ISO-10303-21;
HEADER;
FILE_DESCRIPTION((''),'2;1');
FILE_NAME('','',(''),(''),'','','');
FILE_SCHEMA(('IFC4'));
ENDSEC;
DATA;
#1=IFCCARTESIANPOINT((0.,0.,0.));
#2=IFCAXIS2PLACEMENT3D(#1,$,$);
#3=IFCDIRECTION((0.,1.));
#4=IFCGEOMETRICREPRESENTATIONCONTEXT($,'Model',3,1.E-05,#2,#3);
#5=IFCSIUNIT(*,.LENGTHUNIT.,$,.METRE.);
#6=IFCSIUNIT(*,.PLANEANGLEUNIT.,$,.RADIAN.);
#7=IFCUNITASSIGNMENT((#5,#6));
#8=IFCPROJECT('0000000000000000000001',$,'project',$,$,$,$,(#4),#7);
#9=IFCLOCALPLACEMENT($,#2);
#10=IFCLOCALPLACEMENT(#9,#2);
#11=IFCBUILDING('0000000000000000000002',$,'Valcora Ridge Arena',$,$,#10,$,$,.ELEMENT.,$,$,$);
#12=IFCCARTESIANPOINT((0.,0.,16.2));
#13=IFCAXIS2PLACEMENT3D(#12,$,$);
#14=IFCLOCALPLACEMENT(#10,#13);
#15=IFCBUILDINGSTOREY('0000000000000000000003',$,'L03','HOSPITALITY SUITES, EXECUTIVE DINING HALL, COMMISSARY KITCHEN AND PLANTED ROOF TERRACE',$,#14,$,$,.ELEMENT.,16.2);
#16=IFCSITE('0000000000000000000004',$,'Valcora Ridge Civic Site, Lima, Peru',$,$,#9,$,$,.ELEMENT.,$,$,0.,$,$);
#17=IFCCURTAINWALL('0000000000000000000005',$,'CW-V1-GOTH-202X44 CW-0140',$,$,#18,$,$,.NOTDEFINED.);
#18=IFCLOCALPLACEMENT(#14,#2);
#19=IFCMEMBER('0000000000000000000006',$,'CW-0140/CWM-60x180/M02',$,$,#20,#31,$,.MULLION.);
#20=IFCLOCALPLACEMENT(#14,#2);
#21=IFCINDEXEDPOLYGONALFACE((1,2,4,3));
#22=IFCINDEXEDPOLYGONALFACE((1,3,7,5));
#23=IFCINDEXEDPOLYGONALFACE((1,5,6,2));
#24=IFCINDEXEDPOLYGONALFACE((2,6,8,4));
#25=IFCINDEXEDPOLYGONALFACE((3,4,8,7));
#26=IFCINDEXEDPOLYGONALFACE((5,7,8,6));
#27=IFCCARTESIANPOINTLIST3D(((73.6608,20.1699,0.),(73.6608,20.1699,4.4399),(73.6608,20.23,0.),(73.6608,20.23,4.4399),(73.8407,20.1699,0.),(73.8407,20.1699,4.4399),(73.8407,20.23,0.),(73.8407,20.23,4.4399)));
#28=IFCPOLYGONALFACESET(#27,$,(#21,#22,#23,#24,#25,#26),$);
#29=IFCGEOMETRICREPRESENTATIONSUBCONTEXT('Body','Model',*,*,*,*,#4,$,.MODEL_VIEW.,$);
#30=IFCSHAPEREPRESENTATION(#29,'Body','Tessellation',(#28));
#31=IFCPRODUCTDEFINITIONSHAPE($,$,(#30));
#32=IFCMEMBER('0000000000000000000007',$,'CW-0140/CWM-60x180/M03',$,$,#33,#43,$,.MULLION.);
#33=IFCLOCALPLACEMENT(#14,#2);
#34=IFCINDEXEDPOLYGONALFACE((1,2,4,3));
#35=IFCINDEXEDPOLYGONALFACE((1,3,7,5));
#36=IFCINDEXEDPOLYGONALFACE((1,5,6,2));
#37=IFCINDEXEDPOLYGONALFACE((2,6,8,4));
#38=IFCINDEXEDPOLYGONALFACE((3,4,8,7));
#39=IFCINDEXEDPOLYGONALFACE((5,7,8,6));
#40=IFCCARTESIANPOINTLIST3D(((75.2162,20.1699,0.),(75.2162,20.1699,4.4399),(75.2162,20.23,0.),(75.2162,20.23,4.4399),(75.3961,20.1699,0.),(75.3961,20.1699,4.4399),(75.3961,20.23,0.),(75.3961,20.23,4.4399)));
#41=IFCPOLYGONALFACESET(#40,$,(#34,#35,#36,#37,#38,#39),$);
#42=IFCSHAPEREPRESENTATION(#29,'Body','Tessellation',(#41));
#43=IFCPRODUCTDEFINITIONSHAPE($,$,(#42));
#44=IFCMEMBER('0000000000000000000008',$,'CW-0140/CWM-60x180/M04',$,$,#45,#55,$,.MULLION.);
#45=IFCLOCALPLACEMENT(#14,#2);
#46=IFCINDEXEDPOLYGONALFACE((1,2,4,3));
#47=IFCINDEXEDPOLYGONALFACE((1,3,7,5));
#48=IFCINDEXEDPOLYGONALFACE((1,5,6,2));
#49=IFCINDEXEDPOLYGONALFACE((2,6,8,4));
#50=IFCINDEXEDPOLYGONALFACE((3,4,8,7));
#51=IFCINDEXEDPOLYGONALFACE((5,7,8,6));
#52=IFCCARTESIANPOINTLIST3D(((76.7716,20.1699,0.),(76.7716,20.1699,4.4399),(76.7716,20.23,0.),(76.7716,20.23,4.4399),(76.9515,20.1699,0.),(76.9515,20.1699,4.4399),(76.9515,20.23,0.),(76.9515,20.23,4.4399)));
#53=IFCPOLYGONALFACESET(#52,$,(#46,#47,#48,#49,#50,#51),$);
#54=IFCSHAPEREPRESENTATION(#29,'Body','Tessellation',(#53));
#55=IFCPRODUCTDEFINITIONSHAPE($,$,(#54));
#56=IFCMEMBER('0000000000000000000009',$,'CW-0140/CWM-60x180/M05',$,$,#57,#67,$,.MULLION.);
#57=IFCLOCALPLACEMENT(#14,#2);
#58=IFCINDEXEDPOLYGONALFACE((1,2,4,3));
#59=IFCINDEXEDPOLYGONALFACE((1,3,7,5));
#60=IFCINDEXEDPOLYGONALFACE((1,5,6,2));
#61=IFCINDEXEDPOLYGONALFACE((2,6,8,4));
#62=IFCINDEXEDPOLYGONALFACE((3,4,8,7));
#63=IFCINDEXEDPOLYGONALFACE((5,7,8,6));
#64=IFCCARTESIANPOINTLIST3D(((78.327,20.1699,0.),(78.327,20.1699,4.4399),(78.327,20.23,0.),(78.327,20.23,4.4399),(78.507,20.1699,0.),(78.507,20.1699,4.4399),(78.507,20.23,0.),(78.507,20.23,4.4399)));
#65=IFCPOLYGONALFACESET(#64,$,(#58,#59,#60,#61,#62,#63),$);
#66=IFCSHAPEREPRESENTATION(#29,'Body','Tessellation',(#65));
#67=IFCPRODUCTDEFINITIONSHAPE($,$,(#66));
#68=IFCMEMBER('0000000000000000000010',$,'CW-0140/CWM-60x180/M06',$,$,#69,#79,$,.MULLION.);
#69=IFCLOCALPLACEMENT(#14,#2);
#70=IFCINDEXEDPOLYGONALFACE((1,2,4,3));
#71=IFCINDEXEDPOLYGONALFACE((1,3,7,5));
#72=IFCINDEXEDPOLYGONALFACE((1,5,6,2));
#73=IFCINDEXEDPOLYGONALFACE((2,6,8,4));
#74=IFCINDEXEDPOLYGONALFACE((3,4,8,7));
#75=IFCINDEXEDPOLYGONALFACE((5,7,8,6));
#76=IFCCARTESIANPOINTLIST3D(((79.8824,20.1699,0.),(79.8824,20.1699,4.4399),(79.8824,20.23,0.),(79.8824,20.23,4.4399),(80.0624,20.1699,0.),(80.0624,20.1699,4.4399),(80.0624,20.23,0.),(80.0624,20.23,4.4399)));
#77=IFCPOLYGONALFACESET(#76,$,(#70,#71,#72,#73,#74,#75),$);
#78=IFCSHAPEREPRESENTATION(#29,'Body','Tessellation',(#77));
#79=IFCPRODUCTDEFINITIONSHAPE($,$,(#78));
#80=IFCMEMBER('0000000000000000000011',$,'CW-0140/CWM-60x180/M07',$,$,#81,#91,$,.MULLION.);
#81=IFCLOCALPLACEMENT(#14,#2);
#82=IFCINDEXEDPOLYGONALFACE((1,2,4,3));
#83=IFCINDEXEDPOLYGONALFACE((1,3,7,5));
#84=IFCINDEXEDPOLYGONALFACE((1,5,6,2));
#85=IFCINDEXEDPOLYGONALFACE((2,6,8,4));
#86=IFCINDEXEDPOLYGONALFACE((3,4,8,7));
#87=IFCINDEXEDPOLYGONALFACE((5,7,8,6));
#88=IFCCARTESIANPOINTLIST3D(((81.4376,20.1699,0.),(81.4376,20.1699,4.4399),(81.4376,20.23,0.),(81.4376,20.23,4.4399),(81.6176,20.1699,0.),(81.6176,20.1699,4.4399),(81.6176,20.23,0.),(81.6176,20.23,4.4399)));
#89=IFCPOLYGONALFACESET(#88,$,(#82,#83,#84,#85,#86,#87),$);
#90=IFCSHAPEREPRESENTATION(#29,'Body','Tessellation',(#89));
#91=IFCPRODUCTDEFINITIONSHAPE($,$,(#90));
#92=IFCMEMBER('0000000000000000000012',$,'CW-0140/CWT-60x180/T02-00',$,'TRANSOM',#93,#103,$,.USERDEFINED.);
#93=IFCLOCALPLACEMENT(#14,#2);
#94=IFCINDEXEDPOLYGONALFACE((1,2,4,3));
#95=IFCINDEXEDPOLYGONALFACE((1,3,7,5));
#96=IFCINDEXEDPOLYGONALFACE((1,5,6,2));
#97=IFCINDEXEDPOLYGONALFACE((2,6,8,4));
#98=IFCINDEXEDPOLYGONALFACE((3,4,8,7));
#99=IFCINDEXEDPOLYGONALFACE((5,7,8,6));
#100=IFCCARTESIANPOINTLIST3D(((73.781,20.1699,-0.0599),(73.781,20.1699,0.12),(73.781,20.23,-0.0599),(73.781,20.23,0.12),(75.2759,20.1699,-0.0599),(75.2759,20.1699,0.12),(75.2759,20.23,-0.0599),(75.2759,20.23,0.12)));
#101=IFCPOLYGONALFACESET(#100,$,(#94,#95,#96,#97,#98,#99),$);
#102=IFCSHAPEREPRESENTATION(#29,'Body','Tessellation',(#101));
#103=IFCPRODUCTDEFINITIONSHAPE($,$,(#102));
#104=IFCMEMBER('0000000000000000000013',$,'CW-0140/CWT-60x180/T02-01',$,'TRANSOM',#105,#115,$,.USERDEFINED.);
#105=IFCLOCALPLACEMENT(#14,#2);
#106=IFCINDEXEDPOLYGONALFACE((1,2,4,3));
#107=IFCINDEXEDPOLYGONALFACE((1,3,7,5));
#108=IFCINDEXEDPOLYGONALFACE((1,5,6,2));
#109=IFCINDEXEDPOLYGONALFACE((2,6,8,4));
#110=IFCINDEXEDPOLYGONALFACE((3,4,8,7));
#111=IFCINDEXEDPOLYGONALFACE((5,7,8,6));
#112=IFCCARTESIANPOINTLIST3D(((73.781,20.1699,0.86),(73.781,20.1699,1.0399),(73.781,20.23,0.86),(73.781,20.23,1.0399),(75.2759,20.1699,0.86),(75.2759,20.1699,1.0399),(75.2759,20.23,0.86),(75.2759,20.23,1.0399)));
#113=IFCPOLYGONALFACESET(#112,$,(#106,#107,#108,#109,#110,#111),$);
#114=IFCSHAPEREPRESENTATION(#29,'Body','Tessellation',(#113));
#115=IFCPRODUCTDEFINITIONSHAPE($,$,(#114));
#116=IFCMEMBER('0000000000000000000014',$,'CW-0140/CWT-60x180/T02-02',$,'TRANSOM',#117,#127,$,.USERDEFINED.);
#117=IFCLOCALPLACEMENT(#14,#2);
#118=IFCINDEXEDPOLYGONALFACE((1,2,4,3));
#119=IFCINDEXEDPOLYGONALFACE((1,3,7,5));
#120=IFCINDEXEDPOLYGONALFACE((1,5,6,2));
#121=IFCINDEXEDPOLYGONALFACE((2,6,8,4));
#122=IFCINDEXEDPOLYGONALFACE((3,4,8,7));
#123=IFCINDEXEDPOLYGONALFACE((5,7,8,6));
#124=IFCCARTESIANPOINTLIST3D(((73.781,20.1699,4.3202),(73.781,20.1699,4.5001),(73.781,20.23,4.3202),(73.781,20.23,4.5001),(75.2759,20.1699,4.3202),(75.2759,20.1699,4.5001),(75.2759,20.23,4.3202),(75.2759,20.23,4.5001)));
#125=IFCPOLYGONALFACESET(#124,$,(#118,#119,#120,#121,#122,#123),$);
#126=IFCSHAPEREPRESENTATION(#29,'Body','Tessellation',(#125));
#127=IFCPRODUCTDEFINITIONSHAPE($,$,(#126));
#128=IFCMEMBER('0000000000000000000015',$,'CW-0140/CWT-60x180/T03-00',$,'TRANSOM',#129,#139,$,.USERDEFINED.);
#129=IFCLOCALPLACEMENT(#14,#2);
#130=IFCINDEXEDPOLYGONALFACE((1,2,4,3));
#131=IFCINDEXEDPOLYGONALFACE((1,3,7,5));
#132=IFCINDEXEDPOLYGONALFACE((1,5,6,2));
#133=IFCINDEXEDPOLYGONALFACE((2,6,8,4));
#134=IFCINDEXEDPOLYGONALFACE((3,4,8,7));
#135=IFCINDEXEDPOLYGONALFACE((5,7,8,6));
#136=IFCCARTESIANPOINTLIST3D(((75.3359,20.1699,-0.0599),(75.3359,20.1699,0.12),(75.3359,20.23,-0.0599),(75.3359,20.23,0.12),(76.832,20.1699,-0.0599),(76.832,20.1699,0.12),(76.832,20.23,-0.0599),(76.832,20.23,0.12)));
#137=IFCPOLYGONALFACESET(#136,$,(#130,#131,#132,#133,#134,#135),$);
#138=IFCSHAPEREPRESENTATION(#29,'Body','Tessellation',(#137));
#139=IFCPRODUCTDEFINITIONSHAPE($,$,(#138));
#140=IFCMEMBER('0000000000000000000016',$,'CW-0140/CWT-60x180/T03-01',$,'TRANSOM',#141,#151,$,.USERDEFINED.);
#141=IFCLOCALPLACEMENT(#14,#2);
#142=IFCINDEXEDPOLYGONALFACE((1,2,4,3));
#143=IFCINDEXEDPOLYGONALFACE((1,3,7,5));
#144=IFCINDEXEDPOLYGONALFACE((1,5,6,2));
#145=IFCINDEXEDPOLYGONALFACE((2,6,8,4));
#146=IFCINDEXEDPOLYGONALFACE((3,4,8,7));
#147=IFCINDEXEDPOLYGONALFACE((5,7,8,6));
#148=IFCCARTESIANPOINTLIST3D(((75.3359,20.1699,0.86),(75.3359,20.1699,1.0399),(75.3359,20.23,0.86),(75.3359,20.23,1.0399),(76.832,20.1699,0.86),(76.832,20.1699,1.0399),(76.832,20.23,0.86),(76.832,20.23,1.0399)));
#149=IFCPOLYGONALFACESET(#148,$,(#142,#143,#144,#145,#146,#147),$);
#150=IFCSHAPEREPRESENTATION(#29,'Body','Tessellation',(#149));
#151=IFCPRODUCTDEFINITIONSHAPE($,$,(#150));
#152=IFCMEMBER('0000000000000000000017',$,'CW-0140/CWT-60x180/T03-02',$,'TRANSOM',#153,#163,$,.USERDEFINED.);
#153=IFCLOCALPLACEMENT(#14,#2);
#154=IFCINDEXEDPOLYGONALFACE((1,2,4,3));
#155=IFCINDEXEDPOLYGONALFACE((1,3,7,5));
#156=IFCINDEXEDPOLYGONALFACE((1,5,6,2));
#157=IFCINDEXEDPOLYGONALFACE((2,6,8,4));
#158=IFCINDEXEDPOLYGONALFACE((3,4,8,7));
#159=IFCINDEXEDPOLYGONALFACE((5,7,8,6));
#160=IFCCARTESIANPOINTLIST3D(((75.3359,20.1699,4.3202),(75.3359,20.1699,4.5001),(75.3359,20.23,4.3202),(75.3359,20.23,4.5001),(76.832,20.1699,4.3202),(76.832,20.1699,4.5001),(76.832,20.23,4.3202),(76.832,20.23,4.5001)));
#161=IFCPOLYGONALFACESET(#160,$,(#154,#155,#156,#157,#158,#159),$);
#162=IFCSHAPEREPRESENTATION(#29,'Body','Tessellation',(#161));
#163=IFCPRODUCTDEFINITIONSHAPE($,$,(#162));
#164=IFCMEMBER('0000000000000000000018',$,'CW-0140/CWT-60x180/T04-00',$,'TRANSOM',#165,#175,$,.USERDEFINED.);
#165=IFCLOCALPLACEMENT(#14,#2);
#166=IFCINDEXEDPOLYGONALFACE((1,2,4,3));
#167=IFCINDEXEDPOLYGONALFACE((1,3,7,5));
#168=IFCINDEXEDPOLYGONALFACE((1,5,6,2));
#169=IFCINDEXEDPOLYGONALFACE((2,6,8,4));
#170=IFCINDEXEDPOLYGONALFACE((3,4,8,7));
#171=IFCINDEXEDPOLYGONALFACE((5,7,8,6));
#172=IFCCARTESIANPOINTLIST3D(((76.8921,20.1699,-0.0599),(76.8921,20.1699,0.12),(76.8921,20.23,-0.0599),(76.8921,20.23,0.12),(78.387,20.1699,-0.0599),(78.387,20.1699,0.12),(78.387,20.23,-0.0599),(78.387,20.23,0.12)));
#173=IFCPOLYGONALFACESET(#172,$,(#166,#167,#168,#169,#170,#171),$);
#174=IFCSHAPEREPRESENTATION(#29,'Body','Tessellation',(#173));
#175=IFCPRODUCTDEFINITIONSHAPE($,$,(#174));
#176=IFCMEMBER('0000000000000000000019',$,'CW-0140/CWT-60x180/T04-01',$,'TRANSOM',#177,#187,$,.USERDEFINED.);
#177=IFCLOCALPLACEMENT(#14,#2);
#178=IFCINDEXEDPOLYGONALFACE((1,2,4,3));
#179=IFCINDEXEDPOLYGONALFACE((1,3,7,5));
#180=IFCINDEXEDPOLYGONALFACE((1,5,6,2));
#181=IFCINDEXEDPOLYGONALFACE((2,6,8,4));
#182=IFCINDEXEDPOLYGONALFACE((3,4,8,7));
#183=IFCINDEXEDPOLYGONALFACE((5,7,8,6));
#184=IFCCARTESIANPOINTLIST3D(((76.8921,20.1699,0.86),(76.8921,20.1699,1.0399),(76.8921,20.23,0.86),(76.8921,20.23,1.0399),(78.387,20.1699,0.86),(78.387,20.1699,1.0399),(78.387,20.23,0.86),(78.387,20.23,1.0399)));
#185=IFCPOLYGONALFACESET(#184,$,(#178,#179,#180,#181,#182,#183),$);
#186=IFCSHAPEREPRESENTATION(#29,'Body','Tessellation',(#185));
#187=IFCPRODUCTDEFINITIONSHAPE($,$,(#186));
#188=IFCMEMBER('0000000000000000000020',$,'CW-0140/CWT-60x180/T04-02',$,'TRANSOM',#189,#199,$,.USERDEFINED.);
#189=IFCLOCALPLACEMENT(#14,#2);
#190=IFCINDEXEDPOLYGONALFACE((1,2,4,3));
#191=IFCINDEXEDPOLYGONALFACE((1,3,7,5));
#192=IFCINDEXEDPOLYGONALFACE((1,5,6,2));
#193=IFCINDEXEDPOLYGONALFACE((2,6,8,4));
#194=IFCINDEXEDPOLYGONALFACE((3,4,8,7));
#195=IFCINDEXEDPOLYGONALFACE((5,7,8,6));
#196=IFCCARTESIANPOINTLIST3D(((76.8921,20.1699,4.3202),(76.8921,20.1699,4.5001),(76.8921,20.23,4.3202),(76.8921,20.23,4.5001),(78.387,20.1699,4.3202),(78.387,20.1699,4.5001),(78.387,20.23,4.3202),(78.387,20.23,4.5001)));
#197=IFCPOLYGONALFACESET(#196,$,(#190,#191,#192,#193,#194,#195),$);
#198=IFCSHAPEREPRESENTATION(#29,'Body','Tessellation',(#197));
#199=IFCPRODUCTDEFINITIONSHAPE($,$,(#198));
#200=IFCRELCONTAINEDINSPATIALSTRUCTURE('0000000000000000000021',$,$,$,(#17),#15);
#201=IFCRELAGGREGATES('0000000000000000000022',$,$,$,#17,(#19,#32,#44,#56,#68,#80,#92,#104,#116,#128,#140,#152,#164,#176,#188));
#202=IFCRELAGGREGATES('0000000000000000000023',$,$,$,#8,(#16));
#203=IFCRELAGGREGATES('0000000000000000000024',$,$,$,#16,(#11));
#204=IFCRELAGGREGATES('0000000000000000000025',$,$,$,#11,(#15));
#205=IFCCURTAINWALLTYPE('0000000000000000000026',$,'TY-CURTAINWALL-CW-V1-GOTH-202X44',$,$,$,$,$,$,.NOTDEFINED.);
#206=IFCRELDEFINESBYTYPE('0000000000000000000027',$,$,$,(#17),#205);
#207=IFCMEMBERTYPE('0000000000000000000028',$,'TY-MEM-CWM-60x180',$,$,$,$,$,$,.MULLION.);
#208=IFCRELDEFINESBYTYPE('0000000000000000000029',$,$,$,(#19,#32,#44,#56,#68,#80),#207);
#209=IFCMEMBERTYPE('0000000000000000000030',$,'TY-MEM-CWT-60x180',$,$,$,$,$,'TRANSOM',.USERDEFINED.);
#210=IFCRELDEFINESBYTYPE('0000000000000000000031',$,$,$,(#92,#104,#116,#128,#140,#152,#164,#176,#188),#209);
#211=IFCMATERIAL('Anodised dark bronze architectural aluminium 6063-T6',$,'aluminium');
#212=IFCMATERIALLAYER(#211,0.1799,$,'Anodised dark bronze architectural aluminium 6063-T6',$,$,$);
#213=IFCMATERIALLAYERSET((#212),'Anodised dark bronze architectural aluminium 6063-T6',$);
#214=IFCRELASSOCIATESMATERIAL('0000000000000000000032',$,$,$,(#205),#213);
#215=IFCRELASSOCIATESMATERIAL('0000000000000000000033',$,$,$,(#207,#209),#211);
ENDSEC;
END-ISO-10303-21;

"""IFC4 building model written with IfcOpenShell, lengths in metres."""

from ifc_helpers import new_model, si_unit, direction, frame, origin, origin_2d, place, context, subcontext, project, spatial, rectangle, extrude, material, layer, layer_set, material_profile, profile_set, type_object, element, aggregate, save


model = new_model("IFC4")

# Units and contexts
model_context = context("Model", 3, precision=1e-05, world=origin(), true_north=direction((0.0, 1.0)))
body_context = subcontext(model_context, "Body", "Model", "MODEL_VIEW")
ifc_project = project(units=[si_unit("LENGTHUNIT", "METRE"), si_unit("PLANEANGLEUNIT", "RADIAN")], contexts=[model_context])

# Site, building, storey
site_placement = place(None, origin())
site = spatial("IfcSite", under=ifc_project, at=site_placement, Name="Valcora Ridge Civic Site, Lima, Peru", CompositionType="ELEMENT", RefElevation=0.0)
building_placement = place(site_placement, origin())
building = spatial("IfcBuilding", under=site, at=building_placement, Name="Valcora Ridge Arena", CompositionType="ELEMENT")
storey_placement = place(building_placement, frame((0.0, 0.0, 16.2)))
storey = spatial("IfcBuildingStorey", under=building, at=storey_placement, Name="L03", Description="HOSPITALITY SUITES, EXECUTIVE DINING HALL, COMMISSARY KITCHEN AND PLANTED ROOF TERRACE", CompositionType="ELEMENT", Elevation=16.2)

# Curtain wall, members
ifc_material_1 = material(Name="Anodised dark bronze architectural aluminium 6063-T6", Category="aluminium")
ifc_layer_1 = layer(ifc_material_1, 0.1799, Name="Anodised dark bronze architectural aluminium 6063-T6")
ifc_layer_set_1 = layer_set([ifc_layer_1], Name="Anodised dark bronze architectural aluminium 6063-T6")
curtain_wall_type = type_object("IfcCurtainWallType", Name="TY-CURTAINWALL-CW-V1-GOTH-202X44", PredefinedType="NOTDEFINED", material=ifc_layer_set_1)
curtain_wall_placement = place(storey_placement, origin())
curtain_wall = element("IfcCurtainWall", 1, at=curtain_wall_placement, inside=storey, type_object=curtain_wall_type, Name="CW-V1-GOTH-202X44 CW-0140", PredefinedType="NOTDEFINED")
ifc_material_profile_1 = material_profile(ifc_material_1, rectangle(XDim=0.0601, YDim=0.1799, at=origin_2d()), Name="ALU MULLION 60x180")
ifc_profile_set_1 = profile_set([ifc_material_profile_1], Name="Anodised dark bronze architectural aluminium 6063-T6")
member_type_1 = type_object("IfcMemberType", Name="TY-MEM-CWM-60x180", PredefinedType="MULLION", material=ifc_profile_set_1)
member_1_placement = place(storey_placement, frame((73.7507, 20.2, 0.0), z_axis=(0.0, 0.0, 1.0), x_axis=(0.0, 1.0, 0.0)))
member_1 = element("IfcMember", 2, at=member_1_placement, type_object=member_type_1, Name="CW-0140/CWM-60x180/M02", PredefinedType="MULLION", context=body_context, shape_type="SweptSolid", body=[
    extrude(rectangle(XDim=0.0601, YDim=0.1799, at=origin_2d()), origin(), (0.0, 0.0, 1.0), 4.4399),
])
member_2_placement = place(storey_placement, frame((75.3062, 20.2, 0.0), z_axis=(0.0, 0.0, 1.0), x_axis=(0.0, 1.0, 0.0)))
member_2 = element("IfcMember", 3, at=member_2_placement, type_object=member_type_1, Name="CW-0140/CWM-60x180/M03", PredefinedType="MULLION", context=body_context, shape_type="SweptSolid", body=[
    extrude(rectangle(XDim=0.0601, YDim=0.1799, at=origin_2d()), origin(), (0.0, 0.0, 1.0), 4.4399),
])
member_3_placement = place(storey_placement, frame((76.8616, 20.2, 0.0), z_axis=(0.0, 0.0, 1.0), x_axis=(0.0, 1.0, 0.0)))
member_3 = element("IfcMember", 4, at=member_3_placement, type_object=member_type_1, Name="CW-0140/CWM-60x180/M04", PredefinedType="MULLION", context=body_context, shape_type="SweptSolid", body=[
    extrude(rectangle(XDim=0.0601, YDim=0.1799, at=origin_2d()), origin(), (0.0, 0.0, 1.0), 4.4399),
])
member_4_placement = place(storey_placement, frame((78.417, 20.2, 0.0), z_axis=(0.0, 0.0, 1.0), x_axis=(0.0, 1.0, 0.0)))
member_4 = element("IfcMember", 5, at=member_4_placement, type_object=member_type_1, Name="CW-0140/CWM-60x180/M05", PredefinedType="MULLION", context=body_context, shape_type="SweptSolid", body=[
    extrude(rectangle(XDim=0.0601, YDim=0.1799, at=origin_2d()), origin(), (0.0, 0.0, 1.0), 4.4399),
])
member_5_placement = place(storey_placement, frame((79.9724, 20.2, 0.0), z_axis=(0.0, 0.0, 1.0), x_axis=(0.0, 1.0, 0.0)))
member_5 = element("IfcMember", 6, at=member_5_placement, type_object=member_type_1, Name="CW-0140/CWM-60x180/M06", PredefinedType="MULLION", context=body_context, shape_type="SweptSolid", body=[
    extrude(rectangle(XDim=0.0601, YDim=0.1799, at=origin_2d()), origin(), (0.0, 0.0, 1.0), 4.4399),
])
member_6_placement = place(storey_placement, frame((81.5276, 20.2, 0.0), z_axis=(0.0, 0.0, 1.0), x_axis=(0.0, 1.0, 0.0)))
member_6 = element("IfcMember", 7, at=member_6_placement, type_object=member_type_1, Name="CW-0140/CWM-60x180/M07", PredefinedType="MULLION", context=body_context, shape_type="SweptSolid", body=[
    extrude(rectangle(XDim=0.0601, YDim=0.1799, at=origin_2d()), origin(), (0.0, 0.0, 1.0), 4.4399),
])
ifc_material_profile_2 = material_profile(ifc_material_1, rectangle(XDim=0.0601, YDim=0.1799, at=origin_2d()), Name="ALU TRANSOM 60x180")
ifc_profile_set_2 = profile_set([ifc_material_profile_2], Name="Anodised dark bronze architectural aluminium 6063-T6")
member_type_2 = type_object("IfcMemberType", Name="TY-MEM-CWT-60x180", ElementType="TRANSOM", PredefinedType="USERDEFINED", material=ifc_profile_set_2)
member_7_placement = place(storey_placement, frame((73.781, 20.2, 0.03), z_axis=(1.0, 0.0, 0.0), x_axis=(0.0, 1.0, 0.0)))
member_7 = element("IfcMember", 8, at=member_7_placement, type_object=member_type_2, Name="CW-0140/CWT-60x180/T02-00", ObjectType="TRANSOM", PredefinedType="USERDEFINED", context=body_context, shape_type="SweptSolid", body=[
    extrude(rectangle(XDim=0.0601, YDim=0.1799, at=origin_2d()), origin(), (0.0, 0.0, 1.0), 1.4949),
])
member_8_placement = place(storey_placement, frame((73.781, 20.2, 0.95), z_axis=(1.0, 0.0, 0.0), x_axis=(0.0, 1.0, 0.0)))
member_8 = element("IfcMember", 9, at=member_8_placement, type_object=member_type_2, Name="CW-0140/CWT-60x180/T02-01", ObjectType="TRANSOM", PredefinedType="USERDEFINED", context=body_context, shape_type="SweptSolid", body=[
    extrude(rectangle(XDim=0.0601, YDim=0.1799, at=origin_2d()), origin(), (0.0, 0.0, 1.0), 1.4949),
])
member_9_placement = place(storey_placement, frame((73.781, 20.2, 4.4102), z_axis=(1.0, 0.0, 0.0), x_axis=(0.0, 1.0, 0.0)))
member_9 = element("IfcMember", 10, at=member_9_placement, type_object=member_type_2, Name="CW-0140/CWT-60x180/T02-02", ObjectType="TRANSOM", PredefinedType="USERDEFINED", context=body_context, shape_type="SweptSolid", body=[
    extrude(rectangle(XDim=0.0601, YDim=0.1799, at=origin_2d()), origin(), (0.0, 0.0, 1.0), 1.4949),
])
member_10_placement = place(storey_placement, frame((75.3359, 20.2, 0.03), z_axis=(1.0, 0.0, 0.0), x_axis=(0.0, 1.0, 0.0)))
member_10 = element("IfcMember", 11, at=member_10_placement, type_object=member_type_2, Name="CW-0140/CWT-60x180/T03-00", ObjectType="TRANSOM", PredefinedType="USERDEFINED", context=body_context, shape_type="SweptSolid", body=[
    extrude(rectangle(XDim=0.0601, YDim=0.1799, at=origin_2d()), origin(), (0.0, 0.0, 1.0), 1.4961),
])
member_11_placement = place(storey_placement, frame((75.3359, 20.2, 0.95), z_axis=(1.0, 0.0, 0.0), x_axis=(0.0, 1.0, 0.0)))
member_11 = element("IfcMember", 12, at=member_11_placement, type_object=member_type_2, Name="CW-0140/CWT-60x180/T03-01", ObjectType="TRANSOM", PredefinedType="USERDEFINED", context=body_context, shape_type="SweptSolid", body=[
    extrude(rectangle(XDim=0.0601, YDim=0.1799, at=origin_2d()), origin(), (0.0, 0.0, 1.0), 1.4961),
])
member_12_placement = place(storey_placement, frame((75.3359, 20.2, 4.4102), z_axis=(1.0, 0.0, 0.0), x_axis=(0.0, 1.0, 0.0)))
member_12 = element("IfcMember", 13, at=member_12_placement, type_object=member_type_2, Name="CW-0140/CWT-60x180/T03-02", ObjectType="TRANSOM", PredefinedType="USERDEFINED", context=body_context, shape_type="SweptSolid", body=[
    extrude(rectangle(XDim=0.0601, YDim=0.1799, at=origin_2d()), origin(), (0.0, 0.0, 1.0), 1.4961),
])
member_13_placement = place(storey_placement, frame((76.8921, 20.2, 0.03), z_axis=(1.0, 0.0, 0.0), x_axis=(0.0, 1.0, 0.0)))
member_13 = element("IfcMember", 14, at=member_13_placement, type_object=member_type_2, Name="CW-0140/CWT-60x180/T04-00", ObjectType="TRANSOM", PredefinedType="USERDEFINED", context=body_context, shape_type="SweptSolid", body=[
    extrude(rectangle(XDim=0.0601, YDim=0.1799, at=origin_2d()), origin(), (0.0, 0.0, 1.0), 1.4949),
])
member_14_placement = place(storey_placement, frame((76.8921, 20.2, 0.95), z_axis=(1.0, 0.0, 0.0), x_axis=(0.0, 1.0, 0.0)))
member_14 = element("IfcMember", 15, at=member_14_placement, type_object=member_type_2, Name="CW-0140/CWT-60x180/T04-01", ObjectType="TRANSOM", PredefinedType="USERDEFINED", context=body_context, shape_type="SweptSolid", body=[
    extrude(rectangle(XDim=0.0601, YDim=0.1799, at=origin_2d()), origin(), (0.0, 0.0, 1.0), 1.4949),
])
member_15_placement = place(storey_placement, frame((76.8921, 20.2, 4.4102), z_axis=(1.0, 0.0, 0.0), x_axis=(0.0, 1.0, 0.0)))
member_15 = element("IfcMember", 16, at=member_15_placement, type_object=member_type_2, Name="CW-0140/CWT-60x180/T04-02", ObjectType="TRANSOM", PredefinedType="USERDEFINED", context=body_context, shape_type="SweptSolid", body=[
    extrude(rectangle(XDim=0.0601, YDim=0.1799, at=origin_2d()), origin(), (0.0, 0.0, 1.0), 1.4949),
])
aggregate(curtain_wall, [member_1, member_2, member_3, member_4, member_5, member_6, member_7, member_8, member_9, member_10, member_11, member_12, member_13, member_14, member_15])

save(model, "model.ifc")
